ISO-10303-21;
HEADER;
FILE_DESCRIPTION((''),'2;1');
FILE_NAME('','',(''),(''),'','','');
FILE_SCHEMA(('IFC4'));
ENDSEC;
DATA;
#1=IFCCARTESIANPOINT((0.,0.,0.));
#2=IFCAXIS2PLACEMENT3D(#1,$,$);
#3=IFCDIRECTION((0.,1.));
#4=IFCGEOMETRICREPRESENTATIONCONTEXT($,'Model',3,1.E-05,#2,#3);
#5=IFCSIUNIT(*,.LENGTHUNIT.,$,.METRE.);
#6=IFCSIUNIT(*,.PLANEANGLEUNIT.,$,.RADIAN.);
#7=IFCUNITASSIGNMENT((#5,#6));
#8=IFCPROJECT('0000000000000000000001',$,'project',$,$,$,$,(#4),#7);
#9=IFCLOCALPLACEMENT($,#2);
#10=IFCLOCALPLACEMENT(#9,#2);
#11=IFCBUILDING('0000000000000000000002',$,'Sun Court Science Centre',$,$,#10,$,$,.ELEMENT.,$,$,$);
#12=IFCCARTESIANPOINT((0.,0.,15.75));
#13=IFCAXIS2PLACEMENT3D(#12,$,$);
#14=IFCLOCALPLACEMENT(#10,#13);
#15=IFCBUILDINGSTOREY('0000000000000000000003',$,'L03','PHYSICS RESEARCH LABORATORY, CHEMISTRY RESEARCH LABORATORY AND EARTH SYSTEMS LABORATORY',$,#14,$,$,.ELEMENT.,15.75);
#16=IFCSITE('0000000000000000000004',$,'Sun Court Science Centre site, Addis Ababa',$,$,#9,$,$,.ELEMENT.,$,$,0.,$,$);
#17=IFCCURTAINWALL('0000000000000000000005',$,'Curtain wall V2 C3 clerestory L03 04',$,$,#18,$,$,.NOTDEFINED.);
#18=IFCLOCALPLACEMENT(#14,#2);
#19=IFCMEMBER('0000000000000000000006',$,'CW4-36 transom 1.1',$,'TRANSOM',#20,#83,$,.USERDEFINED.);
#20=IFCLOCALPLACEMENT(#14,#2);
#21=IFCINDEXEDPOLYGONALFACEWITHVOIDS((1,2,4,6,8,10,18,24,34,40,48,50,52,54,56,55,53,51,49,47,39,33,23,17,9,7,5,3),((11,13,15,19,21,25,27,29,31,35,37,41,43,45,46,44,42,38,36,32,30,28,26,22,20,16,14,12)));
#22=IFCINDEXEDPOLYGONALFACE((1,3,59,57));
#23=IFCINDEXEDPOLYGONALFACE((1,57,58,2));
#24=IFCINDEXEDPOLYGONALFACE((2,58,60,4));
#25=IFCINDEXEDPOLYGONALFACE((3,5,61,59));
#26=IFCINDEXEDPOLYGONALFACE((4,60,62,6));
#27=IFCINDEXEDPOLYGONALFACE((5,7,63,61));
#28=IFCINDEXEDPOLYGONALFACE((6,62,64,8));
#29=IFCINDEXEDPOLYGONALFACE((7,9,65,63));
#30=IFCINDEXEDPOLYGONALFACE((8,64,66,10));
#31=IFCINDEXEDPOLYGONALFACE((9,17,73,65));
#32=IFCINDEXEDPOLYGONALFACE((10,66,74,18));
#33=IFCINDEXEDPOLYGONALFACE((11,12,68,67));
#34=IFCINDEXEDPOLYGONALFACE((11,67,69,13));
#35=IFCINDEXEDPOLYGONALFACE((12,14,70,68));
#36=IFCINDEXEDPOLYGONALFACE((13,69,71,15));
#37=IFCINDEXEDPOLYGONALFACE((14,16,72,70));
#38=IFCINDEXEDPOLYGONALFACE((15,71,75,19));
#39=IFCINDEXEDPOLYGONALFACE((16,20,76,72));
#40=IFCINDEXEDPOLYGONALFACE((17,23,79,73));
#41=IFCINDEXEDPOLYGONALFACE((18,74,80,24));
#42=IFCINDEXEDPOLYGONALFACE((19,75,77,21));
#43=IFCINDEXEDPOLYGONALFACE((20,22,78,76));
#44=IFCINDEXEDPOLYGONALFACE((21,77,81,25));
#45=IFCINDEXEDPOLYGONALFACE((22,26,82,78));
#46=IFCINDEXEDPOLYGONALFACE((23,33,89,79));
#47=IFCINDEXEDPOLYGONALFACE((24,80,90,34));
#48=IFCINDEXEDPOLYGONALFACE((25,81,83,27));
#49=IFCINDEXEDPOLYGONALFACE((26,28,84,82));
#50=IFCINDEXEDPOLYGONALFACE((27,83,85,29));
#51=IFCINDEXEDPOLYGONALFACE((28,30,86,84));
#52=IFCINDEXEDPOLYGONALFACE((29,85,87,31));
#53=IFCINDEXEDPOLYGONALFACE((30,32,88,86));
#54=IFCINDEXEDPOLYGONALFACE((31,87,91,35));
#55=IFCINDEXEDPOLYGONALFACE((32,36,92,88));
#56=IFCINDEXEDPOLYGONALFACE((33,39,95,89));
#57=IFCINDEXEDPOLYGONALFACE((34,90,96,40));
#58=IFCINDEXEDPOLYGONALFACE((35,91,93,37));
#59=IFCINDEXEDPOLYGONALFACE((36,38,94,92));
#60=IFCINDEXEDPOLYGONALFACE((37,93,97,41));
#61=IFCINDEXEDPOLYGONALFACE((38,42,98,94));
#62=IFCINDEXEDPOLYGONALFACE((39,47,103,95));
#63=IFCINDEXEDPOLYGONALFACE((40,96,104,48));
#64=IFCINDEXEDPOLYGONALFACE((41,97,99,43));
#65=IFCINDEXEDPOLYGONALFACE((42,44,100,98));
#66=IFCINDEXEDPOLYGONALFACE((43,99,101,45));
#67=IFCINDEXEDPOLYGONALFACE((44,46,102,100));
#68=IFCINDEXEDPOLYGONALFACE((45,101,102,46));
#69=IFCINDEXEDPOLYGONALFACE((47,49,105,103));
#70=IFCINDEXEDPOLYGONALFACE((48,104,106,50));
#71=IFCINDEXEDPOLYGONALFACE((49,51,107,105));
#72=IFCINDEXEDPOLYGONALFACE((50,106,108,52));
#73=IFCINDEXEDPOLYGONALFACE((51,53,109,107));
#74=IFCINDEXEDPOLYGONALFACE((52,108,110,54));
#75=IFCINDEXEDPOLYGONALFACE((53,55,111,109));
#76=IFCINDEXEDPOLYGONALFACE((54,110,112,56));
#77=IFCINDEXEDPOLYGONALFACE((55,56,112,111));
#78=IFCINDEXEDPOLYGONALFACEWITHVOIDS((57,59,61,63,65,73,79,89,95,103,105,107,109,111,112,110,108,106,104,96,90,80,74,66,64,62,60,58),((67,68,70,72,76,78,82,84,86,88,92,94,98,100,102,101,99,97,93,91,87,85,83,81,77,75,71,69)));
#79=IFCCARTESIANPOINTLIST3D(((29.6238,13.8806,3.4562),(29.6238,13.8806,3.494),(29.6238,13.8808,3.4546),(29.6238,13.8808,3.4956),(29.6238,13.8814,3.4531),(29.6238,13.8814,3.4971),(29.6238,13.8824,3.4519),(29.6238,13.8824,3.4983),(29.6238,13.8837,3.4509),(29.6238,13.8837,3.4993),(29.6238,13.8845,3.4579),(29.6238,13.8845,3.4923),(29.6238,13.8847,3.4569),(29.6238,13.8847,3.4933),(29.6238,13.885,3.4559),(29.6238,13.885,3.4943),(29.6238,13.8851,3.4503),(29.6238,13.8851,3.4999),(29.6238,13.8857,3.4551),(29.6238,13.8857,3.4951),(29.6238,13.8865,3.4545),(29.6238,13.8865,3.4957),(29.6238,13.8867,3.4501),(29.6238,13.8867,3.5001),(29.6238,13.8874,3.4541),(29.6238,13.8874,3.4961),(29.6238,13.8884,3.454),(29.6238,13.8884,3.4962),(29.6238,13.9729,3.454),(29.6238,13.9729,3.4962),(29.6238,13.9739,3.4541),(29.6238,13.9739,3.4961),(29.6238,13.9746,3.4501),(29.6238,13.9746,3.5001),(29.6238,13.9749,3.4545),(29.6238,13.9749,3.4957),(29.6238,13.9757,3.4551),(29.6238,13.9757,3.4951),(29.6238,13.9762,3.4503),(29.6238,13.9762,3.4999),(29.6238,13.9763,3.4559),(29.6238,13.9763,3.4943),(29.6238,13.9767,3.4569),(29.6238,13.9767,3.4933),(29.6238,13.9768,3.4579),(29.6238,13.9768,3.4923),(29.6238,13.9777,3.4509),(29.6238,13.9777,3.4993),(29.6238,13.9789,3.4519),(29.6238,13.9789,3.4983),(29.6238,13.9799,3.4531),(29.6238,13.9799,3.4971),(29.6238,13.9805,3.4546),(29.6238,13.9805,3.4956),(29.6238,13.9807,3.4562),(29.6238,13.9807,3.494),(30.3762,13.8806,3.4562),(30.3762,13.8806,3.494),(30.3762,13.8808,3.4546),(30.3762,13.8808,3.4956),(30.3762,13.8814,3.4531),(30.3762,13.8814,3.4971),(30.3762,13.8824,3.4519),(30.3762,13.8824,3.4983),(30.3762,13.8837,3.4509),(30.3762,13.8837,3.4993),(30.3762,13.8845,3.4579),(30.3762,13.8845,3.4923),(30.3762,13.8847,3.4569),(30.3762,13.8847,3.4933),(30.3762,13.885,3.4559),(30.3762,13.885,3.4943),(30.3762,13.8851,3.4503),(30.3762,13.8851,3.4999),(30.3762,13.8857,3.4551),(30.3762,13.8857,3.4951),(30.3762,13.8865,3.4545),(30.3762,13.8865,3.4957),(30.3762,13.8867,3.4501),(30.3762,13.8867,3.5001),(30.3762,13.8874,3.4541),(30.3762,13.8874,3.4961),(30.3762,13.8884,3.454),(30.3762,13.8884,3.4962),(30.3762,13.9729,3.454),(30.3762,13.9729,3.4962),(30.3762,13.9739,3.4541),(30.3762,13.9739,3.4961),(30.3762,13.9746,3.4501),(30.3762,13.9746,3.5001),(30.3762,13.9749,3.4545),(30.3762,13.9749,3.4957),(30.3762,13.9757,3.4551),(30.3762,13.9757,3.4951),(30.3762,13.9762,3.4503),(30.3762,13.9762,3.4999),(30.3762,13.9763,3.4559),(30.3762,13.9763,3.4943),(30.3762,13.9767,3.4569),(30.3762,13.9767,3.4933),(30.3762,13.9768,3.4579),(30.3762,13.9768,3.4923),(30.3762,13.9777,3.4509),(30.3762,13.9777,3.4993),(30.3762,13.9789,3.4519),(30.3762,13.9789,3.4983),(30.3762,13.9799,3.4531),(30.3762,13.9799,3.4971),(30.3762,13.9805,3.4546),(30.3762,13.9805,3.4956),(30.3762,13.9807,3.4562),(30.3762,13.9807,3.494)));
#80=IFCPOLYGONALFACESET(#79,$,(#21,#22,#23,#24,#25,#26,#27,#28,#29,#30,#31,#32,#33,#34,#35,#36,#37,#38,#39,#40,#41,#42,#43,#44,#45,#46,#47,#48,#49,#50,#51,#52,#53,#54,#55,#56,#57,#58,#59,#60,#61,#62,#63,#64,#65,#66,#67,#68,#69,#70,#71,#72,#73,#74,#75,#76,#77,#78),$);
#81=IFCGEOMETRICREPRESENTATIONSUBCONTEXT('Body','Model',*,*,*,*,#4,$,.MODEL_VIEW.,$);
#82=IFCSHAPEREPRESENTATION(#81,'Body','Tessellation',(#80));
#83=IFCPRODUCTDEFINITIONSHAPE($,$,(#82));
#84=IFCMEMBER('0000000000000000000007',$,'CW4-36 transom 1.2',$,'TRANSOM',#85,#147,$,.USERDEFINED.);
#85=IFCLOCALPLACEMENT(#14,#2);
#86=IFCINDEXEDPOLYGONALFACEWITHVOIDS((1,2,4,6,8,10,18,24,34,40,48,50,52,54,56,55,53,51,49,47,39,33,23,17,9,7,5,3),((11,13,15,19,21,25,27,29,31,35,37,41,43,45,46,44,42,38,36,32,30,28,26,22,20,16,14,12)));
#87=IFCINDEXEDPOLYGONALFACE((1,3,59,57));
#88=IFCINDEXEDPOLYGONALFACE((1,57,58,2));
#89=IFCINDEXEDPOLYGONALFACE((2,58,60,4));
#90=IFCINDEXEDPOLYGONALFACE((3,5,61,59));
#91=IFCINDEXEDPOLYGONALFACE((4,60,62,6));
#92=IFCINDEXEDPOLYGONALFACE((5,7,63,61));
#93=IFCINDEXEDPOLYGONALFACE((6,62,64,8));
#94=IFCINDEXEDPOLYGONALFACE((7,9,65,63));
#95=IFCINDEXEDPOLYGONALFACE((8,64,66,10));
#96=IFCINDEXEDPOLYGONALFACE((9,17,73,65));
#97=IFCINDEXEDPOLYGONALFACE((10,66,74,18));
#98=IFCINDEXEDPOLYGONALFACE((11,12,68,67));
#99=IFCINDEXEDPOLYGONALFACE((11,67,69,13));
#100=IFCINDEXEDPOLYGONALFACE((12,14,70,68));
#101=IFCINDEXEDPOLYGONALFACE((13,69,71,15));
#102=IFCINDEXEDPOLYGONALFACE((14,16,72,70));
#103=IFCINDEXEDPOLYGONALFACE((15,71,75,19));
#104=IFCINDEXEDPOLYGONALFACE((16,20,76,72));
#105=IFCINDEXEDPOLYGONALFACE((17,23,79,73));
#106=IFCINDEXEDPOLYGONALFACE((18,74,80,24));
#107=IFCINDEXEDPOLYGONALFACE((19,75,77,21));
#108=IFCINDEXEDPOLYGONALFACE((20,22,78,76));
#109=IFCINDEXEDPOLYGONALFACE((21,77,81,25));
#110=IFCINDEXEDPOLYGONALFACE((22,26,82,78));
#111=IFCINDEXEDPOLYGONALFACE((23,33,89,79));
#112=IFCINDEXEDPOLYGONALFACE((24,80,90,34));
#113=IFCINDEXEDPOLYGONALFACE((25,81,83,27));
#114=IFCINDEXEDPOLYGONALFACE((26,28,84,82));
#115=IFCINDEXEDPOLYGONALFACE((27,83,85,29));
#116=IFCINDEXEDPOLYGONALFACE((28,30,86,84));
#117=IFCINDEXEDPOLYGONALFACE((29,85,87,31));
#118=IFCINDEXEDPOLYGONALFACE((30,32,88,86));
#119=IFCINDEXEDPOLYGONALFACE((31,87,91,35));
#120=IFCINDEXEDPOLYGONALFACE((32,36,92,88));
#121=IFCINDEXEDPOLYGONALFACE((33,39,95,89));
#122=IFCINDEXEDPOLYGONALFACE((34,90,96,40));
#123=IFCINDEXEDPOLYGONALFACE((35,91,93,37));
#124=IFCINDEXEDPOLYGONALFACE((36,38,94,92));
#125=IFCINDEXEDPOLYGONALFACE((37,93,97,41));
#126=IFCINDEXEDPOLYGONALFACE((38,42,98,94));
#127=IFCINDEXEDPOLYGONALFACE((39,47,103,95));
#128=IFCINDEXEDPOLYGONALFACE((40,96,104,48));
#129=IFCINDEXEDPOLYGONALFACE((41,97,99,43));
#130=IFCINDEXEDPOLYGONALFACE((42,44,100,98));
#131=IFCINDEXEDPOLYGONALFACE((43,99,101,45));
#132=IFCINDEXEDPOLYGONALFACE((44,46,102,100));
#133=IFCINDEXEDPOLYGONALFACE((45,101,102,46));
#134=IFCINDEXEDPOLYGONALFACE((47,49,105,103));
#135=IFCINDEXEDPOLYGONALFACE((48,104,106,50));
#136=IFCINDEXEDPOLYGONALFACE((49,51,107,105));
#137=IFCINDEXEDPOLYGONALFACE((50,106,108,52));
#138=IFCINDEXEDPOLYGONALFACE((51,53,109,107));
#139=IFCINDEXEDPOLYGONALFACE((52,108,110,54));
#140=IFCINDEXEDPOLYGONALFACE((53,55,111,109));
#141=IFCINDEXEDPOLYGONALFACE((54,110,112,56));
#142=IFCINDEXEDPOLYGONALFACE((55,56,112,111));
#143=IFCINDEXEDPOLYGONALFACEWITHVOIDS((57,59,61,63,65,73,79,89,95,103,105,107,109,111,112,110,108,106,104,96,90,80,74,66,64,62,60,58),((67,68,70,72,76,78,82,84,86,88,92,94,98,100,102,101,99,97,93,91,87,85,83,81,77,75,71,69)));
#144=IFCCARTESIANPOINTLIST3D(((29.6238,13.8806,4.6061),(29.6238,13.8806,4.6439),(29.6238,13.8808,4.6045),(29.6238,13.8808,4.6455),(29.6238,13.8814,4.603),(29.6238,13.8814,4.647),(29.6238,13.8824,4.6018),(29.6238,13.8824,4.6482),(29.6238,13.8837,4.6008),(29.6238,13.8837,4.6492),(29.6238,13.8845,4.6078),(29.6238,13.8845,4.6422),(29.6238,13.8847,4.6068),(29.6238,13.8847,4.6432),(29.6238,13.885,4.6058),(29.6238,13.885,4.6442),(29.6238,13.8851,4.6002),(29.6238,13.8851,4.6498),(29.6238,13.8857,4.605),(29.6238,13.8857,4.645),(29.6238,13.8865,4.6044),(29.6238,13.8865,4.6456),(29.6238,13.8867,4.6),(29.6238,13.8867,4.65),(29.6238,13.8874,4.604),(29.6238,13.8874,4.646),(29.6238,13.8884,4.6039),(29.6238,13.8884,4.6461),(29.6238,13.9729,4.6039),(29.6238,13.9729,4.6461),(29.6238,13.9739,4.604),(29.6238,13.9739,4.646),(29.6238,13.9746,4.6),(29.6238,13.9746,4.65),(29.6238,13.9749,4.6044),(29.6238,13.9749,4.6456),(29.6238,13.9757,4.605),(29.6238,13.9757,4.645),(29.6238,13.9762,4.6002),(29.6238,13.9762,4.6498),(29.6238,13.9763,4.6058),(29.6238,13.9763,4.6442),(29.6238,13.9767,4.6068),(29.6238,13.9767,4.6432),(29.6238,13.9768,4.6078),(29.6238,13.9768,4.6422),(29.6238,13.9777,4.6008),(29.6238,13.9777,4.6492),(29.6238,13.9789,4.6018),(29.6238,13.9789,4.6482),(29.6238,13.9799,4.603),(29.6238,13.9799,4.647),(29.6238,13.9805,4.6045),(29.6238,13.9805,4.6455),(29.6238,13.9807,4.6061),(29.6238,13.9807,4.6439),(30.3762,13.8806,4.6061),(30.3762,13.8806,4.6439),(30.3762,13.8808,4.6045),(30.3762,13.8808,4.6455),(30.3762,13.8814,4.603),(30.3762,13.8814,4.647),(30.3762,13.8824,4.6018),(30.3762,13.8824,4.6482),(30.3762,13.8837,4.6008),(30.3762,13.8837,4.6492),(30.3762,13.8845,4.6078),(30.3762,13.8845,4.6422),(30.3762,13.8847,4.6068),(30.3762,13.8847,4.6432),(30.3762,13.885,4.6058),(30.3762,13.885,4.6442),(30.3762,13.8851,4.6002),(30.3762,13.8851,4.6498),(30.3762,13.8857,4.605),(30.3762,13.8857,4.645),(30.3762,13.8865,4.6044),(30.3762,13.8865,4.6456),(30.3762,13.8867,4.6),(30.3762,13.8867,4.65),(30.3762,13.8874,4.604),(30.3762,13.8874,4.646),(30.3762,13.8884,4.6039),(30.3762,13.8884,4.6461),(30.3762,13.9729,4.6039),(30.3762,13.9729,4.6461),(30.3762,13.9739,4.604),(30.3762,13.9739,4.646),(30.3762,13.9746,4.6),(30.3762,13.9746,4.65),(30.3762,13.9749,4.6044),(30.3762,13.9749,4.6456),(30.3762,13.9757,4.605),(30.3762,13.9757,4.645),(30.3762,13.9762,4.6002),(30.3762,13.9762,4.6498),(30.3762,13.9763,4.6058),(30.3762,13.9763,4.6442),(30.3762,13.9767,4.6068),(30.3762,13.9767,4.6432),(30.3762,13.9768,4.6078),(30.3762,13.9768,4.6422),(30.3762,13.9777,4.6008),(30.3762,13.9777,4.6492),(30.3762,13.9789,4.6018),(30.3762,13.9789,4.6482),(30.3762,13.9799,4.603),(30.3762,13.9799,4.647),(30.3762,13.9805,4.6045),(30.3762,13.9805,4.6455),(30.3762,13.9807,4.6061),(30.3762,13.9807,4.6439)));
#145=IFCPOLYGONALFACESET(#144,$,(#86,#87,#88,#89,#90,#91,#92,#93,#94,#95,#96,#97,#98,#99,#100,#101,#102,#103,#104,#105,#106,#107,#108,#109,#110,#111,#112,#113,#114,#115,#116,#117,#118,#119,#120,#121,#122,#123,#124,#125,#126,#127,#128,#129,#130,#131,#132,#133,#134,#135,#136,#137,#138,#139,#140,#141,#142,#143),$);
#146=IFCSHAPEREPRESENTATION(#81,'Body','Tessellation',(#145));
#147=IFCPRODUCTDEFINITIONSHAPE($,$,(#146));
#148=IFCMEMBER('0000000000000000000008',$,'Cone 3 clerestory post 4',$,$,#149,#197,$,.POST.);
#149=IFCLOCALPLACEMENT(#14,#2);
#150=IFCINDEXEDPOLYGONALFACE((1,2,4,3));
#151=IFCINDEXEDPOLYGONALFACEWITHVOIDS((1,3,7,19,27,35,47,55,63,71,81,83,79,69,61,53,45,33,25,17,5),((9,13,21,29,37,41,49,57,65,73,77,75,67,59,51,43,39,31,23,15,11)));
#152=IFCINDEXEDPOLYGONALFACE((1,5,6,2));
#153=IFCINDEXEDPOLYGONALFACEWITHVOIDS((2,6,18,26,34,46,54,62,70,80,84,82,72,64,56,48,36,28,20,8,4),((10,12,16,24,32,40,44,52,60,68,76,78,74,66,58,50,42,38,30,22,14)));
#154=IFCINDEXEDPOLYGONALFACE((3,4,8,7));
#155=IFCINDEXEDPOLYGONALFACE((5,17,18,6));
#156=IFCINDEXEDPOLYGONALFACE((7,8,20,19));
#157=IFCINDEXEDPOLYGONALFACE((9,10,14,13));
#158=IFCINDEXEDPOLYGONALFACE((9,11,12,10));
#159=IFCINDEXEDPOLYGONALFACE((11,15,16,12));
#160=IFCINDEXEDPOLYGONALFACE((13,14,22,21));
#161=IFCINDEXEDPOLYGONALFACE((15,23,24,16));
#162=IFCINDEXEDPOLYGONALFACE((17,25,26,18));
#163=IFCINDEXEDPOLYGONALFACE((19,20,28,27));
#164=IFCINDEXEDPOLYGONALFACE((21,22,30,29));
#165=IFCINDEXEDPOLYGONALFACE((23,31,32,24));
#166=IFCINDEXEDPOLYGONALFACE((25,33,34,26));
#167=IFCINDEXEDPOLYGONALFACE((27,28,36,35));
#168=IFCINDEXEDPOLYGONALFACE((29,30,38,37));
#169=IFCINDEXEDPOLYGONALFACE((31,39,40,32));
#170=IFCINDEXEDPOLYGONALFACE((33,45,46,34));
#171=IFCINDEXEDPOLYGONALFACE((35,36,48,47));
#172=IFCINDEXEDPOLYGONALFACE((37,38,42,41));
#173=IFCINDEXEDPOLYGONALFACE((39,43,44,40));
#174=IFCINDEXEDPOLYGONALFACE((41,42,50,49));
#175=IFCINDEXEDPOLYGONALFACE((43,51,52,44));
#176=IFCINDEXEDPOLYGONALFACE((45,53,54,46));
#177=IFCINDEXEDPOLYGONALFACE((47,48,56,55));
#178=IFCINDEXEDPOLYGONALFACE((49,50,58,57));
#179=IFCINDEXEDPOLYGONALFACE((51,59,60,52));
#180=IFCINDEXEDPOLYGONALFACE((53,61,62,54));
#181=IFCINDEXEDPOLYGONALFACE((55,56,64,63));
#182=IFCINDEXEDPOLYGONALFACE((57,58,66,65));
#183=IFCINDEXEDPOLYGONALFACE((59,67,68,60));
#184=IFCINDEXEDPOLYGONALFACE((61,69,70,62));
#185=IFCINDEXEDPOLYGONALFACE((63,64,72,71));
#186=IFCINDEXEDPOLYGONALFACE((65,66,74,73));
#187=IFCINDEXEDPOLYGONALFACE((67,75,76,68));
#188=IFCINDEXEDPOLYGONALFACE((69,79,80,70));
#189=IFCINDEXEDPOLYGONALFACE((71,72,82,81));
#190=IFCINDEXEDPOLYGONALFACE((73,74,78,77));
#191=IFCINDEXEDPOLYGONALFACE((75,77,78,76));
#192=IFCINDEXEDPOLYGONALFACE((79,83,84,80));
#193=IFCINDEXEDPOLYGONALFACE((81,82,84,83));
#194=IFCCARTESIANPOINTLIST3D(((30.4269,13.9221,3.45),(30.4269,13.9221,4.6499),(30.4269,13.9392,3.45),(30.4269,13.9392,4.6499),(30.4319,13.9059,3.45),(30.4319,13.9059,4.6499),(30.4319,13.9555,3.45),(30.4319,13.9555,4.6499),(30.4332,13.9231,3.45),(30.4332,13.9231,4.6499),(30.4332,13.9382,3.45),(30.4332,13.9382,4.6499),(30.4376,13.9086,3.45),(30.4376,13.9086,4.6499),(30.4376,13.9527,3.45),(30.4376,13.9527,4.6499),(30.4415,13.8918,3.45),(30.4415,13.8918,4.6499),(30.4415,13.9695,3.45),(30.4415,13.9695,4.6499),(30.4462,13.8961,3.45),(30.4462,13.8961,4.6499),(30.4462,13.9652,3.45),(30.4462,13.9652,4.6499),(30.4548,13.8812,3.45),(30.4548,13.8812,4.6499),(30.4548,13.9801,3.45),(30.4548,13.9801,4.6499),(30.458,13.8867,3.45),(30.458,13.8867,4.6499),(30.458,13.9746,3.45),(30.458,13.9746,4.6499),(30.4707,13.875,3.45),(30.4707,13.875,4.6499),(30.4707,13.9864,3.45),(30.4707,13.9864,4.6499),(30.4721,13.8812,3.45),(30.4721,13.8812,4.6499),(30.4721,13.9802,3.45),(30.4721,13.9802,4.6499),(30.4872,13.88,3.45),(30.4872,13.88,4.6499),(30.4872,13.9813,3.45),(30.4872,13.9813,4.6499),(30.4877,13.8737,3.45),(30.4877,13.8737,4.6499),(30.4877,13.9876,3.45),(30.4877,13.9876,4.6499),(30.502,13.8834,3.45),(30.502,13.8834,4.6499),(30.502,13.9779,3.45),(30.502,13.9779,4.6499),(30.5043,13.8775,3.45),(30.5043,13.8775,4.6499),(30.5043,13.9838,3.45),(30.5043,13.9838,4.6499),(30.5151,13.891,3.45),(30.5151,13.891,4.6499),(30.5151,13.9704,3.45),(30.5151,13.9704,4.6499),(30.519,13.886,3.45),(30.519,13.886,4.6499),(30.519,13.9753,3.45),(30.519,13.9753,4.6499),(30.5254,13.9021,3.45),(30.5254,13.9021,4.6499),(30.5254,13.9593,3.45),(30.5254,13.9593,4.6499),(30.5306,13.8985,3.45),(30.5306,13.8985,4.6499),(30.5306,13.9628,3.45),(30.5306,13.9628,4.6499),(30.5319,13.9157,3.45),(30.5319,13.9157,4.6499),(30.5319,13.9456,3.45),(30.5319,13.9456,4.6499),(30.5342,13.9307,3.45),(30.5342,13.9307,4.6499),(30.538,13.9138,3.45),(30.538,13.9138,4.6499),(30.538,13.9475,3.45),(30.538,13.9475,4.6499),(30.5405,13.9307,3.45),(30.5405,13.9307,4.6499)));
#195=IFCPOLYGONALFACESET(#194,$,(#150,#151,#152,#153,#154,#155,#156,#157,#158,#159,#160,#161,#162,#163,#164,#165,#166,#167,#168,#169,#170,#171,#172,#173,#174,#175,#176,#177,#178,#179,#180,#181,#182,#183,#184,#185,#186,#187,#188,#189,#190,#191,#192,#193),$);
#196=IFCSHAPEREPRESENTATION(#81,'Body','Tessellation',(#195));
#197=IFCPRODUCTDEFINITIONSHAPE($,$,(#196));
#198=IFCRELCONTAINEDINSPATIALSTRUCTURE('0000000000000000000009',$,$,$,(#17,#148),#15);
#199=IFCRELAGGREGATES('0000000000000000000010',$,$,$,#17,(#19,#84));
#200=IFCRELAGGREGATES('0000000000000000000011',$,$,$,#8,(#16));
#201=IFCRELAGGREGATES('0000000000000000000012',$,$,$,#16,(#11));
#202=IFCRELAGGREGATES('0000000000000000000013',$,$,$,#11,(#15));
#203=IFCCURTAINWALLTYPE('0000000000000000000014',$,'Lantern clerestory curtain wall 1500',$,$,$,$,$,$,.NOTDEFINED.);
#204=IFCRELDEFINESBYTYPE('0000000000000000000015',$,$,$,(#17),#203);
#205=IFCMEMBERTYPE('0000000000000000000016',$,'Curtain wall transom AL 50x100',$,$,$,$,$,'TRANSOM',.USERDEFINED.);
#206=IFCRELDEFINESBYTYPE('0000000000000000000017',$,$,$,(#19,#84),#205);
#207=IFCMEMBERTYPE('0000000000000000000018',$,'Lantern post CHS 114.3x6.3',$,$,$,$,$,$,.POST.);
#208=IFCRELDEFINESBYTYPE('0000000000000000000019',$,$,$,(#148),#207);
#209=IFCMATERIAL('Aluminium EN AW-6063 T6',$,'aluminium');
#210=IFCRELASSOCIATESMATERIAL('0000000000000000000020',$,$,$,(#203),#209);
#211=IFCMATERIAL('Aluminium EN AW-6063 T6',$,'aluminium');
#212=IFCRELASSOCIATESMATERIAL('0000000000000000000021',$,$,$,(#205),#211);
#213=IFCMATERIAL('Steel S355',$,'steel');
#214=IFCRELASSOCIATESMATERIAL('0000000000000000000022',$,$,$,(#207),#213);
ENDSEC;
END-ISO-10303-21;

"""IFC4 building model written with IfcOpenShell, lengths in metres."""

from ifc_helpers import new_model, si_unit, direction, frame, origin, origin_2d, place, context, subcontext, project, spatial, hollow_rectangle, hollow_circle, extrude, material, material_profile, profile_set, type_object, element, aggregate, save


model = new_model("IFC4")

# Units and contexts
model_context = context("Model", 3, precision=1e-05, world=origin(), true_north=direction((0.0, 1.0)))
body_context = subcontext(model_context, "Body", "Model", "MODEL_VIEW")
ifc_project = project(units=[si_unit("LENGTHUNIT", "METRE"), si_unit("PLANEANGLEUNIT", "RADIAN")], contexts=[model_context])

# Site, building, storey
site_placement = place(None, origin())
site = spatial("IfcSite", under=ifc_project, at=site_placement, Name="Sun Court Science Centre site, Addis Ababa", CompositionType="ELEMENT", RefElevation=0.0)
building_placement = place(site_placement, origin())
building = spatial("IfcBuilding", under=site, at=building_placement, Name="Sun Court Science Centre", CompositionType="ELEMENT")
storey_placement = place(building_placement, frame((0.0, 0.0, 15.75)))
storey = spatial("IfcBuildingStorey", under=building, at=storey_placement, Name="L03", Description="PHYSICS RESEARCH LABORATORY, CHEMISTRY RESEARCH LABORATORY AND EARTH SYSTEMS LABORATORY", CompositionType="ELEMENT", Elevation=15.75)

# Curtain wall, members
ifc_material_1 = material(Name="Aluminium EN AW-6063 T6", Category="aluminium")
curtain_wall_type = type_object("IfcCurtainWallType", Name="Lantern clerestory curtain wall 1500", PredefinedType="NOTDEFINED", material=ifc_material_1)
curtain_wall_placement = place(storey_placement, origin())
curtain_wall = element("IfcCurtainWall", 1, at=curtain_wall_placement, inside=storey, type_object=curtain_wall_type, Name="Curtain wall V2 C3 clerestory L03 04", PredefinedType="NOTDEFINED")
ifc_material_2 = material(Name="Aluminium EN AW-6063 T6", Category="aluminium")
ifc_material_profile_1 = material_profile(ifc_material_2, hollow_rectangle(XDim=0.05, YDim=0.1001, WallThickness=0.0039, InnerFilletRadius=0.0039, OuterFilletRadius=0.0061, at=origin_2d()), Name="AL 50x100x4")
ifc_profile_set_1 = profile_set([ifc_material_profile_1], Name="Aluminium EN AW-6063 T6")
member_type_1 = type_object("IfcMemberType", Name="Curtain wall transom AL 50x100", ElementType="TRANSOM", PredefinedType="USERDEFINED", material=ifc_profile_set_1)
member_1_placement = place(storey_placement, frame((29.6238, 13.9307, 3.4751), z_axis=(1.0, 0.0, 0.0), x_axis=(0.0, 0.0, 1.0)))
member_1 = element("IfcMember", 2, at=member_1_placement, type_object=member_type_1, Name="CW4-36 transom 1.1", ObjectType="TRANSOM", PredefinedType="USERDEFINED", context=body_context, shape_type="SweptSolid", body=[
    extrude(hollow_rectangle(XDim=0.05, YDim=0.1001, WallThickness=0.0039, InnerFilletRadius=0.0039, OuterFilletRadius=0.0061, at=origin_2d()), origin(), (0.0, 0.0, 1.0), 0.7524),
])
member_2_placement = place(storey_placement, frame((29.6238, 13.9307, 4.625), z_axis=(1.0, 0.0, 0.0), x_axis=(0.0, 0.0, 1.0)))
member_2 = element("IfcMember", 3, at=member_2_placement, type_object=member_type_1, Name="CW4-36 transom 1.2", ObjectType="TRANSOM", PredefinedType="USERDEFINED", context=body_context, shape_type="SweptSolid", body=[
    extrude(hollow_rectangle(XDim=0.05, YDim=0.1001, WallThickness=0.0039, InnerFilletRadius=0.0039, OuterFilletRadius=0.0061, at=origin_2d()), origin(), (0.0, 0.0, 1.0), 0.7524),
])

# Member
ifc_material_3 = material(Name="Steel S355", Category="steel")
ifc_material_profile_2 = material_profile(ifc_material_3, hollow_circle(Radius=0.0571, WallThickness=0.0063, at=origin_2d()), Name="CHS 114.3x6.3")
ifc_profile_set_2 = profile_set([ifc_material_profile_2], Name="Steel S355")
member_type_2 = type_object("IfcMemberType", Name="Lantern post CHS 114.3x6.3", PredefinedType="POST", material=ifc_profile_set_2)
member_3_placement = place(storey_placement, frame((30.4834, 13.9307, 3.45), z_axis=(0.0, 0.0, 1.0), x_axis=(1.0, 0.0, 0.0)))
element("IfcMember", 4, at=member_3_placement, inside=storey, type_object=member_type_2, Name="Cone 3 clerestory post 4", PredefinedType="POST", context=body_context, shape_type="SweptSolid", body=[
    extrude(hollow_circle(Radius=0.0571, WallThickness=0.0063, at=origin_2d()), origin(), (0.0, 0.0, 1.0), 1.2),
])

aggregate(curtain_wall, [member_1, member_2])

save(model, "model.ifc")
